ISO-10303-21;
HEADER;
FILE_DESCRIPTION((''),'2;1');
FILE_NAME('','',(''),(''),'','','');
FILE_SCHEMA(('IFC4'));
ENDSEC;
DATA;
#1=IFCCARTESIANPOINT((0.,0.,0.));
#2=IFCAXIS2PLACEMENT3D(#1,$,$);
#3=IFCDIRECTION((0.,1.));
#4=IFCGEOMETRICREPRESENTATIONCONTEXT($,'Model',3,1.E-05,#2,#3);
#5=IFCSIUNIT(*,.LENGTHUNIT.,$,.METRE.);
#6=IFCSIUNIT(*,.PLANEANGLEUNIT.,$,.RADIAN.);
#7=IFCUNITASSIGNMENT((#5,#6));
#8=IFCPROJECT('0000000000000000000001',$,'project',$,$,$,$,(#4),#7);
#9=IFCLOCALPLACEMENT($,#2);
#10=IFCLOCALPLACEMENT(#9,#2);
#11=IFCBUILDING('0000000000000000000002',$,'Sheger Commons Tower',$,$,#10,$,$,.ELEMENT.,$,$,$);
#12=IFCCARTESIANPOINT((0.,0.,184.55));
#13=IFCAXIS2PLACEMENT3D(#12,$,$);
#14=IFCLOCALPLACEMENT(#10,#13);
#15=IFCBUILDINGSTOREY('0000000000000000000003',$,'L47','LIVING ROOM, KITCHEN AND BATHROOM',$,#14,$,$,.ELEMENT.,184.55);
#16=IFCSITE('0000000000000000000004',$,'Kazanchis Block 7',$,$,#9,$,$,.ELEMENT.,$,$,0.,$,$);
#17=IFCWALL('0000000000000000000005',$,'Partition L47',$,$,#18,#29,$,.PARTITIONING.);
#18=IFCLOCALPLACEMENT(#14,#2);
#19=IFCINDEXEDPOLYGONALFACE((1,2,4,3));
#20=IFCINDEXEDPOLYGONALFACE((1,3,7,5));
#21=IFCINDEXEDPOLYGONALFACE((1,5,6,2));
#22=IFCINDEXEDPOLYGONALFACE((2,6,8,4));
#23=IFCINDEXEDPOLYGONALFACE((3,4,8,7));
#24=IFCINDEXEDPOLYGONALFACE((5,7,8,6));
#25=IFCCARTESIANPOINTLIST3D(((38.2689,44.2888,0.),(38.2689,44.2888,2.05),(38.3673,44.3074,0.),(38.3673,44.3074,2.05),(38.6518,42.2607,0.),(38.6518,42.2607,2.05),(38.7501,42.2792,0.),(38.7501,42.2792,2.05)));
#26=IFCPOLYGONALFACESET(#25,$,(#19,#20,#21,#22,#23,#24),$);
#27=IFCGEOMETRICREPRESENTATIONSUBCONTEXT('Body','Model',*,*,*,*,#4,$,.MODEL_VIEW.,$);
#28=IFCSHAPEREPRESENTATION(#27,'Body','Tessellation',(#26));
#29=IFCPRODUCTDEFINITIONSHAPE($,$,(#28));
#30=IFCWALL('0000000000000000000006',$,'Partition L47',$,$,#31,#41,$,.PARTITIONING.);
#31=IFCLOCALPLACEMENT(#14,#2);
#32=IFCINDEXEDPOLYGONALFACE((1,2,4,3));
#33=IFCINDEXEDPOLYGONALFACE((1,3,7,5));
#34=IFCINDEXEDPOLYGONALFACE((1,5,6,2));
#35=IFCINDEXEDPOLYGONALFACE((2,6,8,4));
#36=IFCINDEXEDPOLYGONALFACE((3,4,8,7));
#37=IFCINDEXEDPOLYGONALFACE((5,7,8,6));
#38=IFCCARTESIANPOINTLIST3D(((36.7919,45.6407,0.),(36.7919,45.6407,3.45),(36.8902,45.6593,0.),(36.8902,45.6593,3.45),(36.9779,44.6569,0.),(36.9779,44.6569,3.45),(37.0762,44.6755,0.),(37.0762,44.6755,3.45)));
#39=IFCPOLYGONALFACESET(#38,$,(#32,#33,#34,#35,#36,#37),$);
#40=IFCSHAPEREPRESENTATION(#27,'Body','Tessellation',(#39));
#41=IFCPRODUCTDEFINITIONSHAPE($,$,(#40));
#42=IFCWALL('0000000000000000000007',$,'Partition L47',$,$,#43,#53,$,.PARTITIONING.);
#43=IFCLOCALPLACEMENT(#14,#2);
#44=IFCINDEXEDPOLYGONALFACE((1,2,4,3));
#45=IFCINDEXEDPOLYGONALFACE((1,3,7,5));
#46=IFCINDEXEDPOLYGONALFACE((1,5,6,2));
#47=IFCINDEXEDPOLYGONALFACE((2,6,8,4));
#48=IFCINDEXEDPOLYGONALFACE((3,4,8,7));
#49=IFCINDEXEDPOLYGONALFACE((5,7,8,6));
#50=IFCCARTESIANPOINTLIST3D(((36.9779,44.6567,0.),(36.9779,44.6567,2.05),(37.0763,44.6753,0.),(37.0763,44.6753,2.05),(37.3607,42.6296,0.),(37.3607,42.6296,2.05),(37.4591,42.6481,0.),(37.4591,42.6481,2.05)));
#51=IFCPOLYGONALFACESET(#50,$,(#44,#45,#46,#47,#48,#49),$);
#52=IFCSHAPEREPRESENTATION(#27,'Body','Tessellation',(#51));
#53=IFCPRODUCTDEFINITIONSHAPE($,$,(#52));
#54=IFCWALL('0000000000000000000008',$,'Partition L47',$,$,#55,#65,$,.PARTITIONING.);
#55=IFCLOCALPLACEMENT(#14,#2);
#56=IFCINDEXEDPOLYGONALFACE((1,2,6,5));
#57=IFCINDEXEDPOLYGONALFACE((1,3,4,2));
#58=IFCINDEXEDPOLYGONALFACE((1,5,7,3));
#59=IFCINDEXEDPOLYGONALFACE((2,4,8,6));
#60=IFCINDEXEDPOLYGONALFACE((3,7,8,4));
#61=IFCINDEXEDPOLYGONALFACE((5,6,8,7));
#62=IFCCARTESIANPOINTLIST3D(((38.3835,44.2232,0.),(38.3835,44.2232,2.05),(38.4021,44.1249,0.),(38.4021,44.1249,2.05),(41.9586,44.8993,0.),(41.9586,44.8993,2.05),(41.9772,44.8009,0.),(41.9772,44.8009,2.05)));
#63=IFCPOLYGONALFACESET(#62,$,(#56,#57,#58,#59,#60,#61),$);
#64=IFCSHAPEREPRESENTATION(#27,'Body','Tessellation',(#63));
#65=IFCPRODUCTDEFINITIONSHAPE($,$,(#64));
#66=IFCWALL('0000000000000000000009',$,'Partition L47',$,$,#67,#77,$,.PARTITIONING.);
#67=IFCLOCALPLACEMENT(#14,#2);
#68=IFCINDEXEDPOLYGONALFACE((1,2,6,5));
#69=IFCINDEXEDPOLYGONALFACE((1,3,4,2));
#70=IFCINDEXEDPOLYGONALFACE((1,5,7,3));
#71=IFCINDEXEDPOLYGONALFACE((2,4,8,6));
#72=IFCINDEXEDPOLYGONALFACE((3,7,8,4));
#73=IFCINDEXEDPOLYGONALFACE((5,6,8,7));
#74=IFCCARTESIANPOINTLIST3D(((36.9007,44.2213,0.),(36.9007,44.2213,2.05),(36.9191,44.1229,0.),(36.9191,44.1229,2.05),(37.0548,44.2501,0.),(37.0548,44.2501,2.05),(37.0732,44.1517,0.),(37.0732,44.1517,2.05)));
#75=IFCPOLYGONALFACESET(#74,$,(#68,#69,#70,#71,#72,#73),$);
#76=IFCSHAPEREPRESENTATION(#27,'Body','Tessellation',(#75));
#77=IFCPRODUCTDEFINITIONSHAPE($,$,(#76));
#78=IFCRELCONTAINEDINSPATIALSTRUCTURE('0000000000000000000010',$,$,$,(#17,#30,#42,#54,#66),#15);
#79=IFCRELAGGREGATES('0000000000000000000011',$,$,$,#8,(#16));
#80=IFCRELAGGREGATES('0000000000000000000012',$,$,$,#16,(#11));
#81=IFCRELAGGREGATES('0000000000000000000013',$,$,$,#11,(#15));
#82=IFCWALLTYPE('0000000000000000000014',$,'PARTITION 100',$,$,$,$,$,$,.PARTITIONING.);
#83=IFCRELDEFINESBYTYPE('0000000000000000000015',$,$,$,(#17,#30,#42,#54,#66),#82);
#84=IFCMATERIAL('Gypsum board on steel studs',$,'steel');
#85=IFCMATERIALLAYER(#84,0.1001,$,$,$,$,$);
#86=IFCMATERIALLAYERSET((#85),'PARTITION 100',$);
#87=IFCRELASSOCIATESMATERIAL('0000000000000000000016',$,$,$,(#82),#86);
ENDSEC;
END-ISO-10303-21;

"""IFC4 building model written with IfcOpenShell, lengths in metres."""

from ifc_helpers import new_model, si_unit, direction, frame, frame_2d, origin, place, context, subcontext, project, spatial, rectangle, extrude, material, layer, layer_set, type_object, element, save


model = new_model("IFC4")

# Units and contexts
model_context = context("Model", 3, precision=1e-05, world=origin(), true_north=direction((0.0, 1.0)))
body_context = subcontext(model_context, "Body", "Model", "MODEL_VIEW")
ifc_project = project(units=[si_unit("LENGTHUNIT", "METRE"), si_unit("PLANEANGLEUNIT", "RADIAN")], contexts=[model_context])

# Site, building, storey
site_placement = place(None, origin())
site = spatial("IfcSite", under=ifc_project, at=site_placement, Name="Kazanchis Block 7", CompositionType="ELEMENT", RefElevation=0.0)
building_placement = place(site_placement, origin())
building = spatial("IfcBuilding", under=site, at=building_placement, Name="Sheger Commons Tower", CompositionType="ELEMENT")
storey_placement = place(building_placement, frame((0.0, 0.0, 184.55)))
storey = spatial("IfcBuildingStorey", under=building, at=storey_placement, Name="L47", Description="LIVING ROOM, KITCHEN AND BATHROOM", CompositionType="ELEMENT", Elevation=184.55)

# Walls
ifc_material_1 = material(Name="Gypsum board on steel studs", Category="steel")
ifc_layer_1 = layer(ifc_material_1, 0.1001)
ifc_layer_set_1 = layer_set([ifc_layer_1], Name="PARTITION 100")
wall_type_1 = type_object("IfcWallType", Name="PARTITION 100", PredefinedType="PARTITIONING", material=ifc_layer_set_1)
wall_1_placement = place(storey_placement, frame((38.3181, 44.2981, 0.0), z_axis=(0.0, 0.0, 1.0), x_axis=(0.185481, -0.982648, 0.0)))
element("IfcWall", 1, at=wall_1_placement, inside=storey, type_object=wall_type_1, Name="Partition L47", PredefinedType="PARTITIONING", context=body_context, shape_type="SweptSolid", body=[
    extrude(rectangle(XDim=2.064, YDim=0.1001, at=frame_2d((1.032, 0.0))), origin(), (0.0, 0.0, 1.0), 2.05),
])
wall_2_placement = place(storey_placement, frame((36.8411, 45.6499, 0.0), z_axis=(0.0, 0.0, 1.0), x_axis=(0.18579, -0.982589, 0.0)))
element("IfcWall", 2, at=wall_2_placement, inside=storey, type_object=wall_type_1, Name="Partition L47", PredefinedType="PARTITIONING", context=body_context, shape_type="SweptSolid", body=[
    extrude(rectangle(XDim=1.0012, YDim=0.1001, at=frame_2d((0.5005, 0.0))), origin(), (0.0, 0.0, 1.0), 3.45),
])
wall_3_placement = place(storey_placement, frame((37.0271, 44.666, 0.0), z_axis=(0.0, 0.0, 1.0), x_axis=(0.185567, -0.982632, 0.0)))
element("IfcWall", 3, at=wall_3_placement, inside=storey, type_object=wall_type_1, Name="Partition L47", PredefinedType="PARTITIONING", context=body_context, shape_type="SweptSolid", body=[
    extrude(rectangle(XDim=2.063, YDim=0.1001, at=frame_2d((1.0315, 0.0))), origin(), (0.0, 0.0, 1.0), 2.05),
])
wall_4_placement = place(storey_placement, frame((41.968, 44.8501, 0.0), z_axis=(0.0, 0.0, 1.0), x_axis=(-0.982586, -0.185808, 0.0)))
element("IfcWall", 4, at=wall_4_placement, inside=storey, type_object=wall_type_1, Name="Partition L47", PredefinedType="PARTITIONING", context=body_context, shape_type="SweptSolid", body=[
    extrude(rectangle(XDim=3.6384, YDim=0.1001, at=frame_2d((1.8193, 0.0))), origin(), (0.0, 0.0, 1.0), 2.05),
])
wall_5_placement = place(storey_placement, frame((37.064, 44.2009, 0.0), z_axis=(0.0, 0.0, 1.0), x_axis=(-0.98296, -0.183818, 0.0)))
element("IfcWall", 5, at=wall_5_placement, inside=storey, type_object=wall_type_1, Name="Partition L47", PredefinedType="PARTITIONING", context=body_context, shape_type="SweptSolid", body=[
    extrude(rectangle(XDim=0.1567, YDim=0.1001, at=frame_2d((0.0784, 0.0))), origin(), (0.0, 0.0, 1.0), 2.05),
])

save(model, "model.ifc")
